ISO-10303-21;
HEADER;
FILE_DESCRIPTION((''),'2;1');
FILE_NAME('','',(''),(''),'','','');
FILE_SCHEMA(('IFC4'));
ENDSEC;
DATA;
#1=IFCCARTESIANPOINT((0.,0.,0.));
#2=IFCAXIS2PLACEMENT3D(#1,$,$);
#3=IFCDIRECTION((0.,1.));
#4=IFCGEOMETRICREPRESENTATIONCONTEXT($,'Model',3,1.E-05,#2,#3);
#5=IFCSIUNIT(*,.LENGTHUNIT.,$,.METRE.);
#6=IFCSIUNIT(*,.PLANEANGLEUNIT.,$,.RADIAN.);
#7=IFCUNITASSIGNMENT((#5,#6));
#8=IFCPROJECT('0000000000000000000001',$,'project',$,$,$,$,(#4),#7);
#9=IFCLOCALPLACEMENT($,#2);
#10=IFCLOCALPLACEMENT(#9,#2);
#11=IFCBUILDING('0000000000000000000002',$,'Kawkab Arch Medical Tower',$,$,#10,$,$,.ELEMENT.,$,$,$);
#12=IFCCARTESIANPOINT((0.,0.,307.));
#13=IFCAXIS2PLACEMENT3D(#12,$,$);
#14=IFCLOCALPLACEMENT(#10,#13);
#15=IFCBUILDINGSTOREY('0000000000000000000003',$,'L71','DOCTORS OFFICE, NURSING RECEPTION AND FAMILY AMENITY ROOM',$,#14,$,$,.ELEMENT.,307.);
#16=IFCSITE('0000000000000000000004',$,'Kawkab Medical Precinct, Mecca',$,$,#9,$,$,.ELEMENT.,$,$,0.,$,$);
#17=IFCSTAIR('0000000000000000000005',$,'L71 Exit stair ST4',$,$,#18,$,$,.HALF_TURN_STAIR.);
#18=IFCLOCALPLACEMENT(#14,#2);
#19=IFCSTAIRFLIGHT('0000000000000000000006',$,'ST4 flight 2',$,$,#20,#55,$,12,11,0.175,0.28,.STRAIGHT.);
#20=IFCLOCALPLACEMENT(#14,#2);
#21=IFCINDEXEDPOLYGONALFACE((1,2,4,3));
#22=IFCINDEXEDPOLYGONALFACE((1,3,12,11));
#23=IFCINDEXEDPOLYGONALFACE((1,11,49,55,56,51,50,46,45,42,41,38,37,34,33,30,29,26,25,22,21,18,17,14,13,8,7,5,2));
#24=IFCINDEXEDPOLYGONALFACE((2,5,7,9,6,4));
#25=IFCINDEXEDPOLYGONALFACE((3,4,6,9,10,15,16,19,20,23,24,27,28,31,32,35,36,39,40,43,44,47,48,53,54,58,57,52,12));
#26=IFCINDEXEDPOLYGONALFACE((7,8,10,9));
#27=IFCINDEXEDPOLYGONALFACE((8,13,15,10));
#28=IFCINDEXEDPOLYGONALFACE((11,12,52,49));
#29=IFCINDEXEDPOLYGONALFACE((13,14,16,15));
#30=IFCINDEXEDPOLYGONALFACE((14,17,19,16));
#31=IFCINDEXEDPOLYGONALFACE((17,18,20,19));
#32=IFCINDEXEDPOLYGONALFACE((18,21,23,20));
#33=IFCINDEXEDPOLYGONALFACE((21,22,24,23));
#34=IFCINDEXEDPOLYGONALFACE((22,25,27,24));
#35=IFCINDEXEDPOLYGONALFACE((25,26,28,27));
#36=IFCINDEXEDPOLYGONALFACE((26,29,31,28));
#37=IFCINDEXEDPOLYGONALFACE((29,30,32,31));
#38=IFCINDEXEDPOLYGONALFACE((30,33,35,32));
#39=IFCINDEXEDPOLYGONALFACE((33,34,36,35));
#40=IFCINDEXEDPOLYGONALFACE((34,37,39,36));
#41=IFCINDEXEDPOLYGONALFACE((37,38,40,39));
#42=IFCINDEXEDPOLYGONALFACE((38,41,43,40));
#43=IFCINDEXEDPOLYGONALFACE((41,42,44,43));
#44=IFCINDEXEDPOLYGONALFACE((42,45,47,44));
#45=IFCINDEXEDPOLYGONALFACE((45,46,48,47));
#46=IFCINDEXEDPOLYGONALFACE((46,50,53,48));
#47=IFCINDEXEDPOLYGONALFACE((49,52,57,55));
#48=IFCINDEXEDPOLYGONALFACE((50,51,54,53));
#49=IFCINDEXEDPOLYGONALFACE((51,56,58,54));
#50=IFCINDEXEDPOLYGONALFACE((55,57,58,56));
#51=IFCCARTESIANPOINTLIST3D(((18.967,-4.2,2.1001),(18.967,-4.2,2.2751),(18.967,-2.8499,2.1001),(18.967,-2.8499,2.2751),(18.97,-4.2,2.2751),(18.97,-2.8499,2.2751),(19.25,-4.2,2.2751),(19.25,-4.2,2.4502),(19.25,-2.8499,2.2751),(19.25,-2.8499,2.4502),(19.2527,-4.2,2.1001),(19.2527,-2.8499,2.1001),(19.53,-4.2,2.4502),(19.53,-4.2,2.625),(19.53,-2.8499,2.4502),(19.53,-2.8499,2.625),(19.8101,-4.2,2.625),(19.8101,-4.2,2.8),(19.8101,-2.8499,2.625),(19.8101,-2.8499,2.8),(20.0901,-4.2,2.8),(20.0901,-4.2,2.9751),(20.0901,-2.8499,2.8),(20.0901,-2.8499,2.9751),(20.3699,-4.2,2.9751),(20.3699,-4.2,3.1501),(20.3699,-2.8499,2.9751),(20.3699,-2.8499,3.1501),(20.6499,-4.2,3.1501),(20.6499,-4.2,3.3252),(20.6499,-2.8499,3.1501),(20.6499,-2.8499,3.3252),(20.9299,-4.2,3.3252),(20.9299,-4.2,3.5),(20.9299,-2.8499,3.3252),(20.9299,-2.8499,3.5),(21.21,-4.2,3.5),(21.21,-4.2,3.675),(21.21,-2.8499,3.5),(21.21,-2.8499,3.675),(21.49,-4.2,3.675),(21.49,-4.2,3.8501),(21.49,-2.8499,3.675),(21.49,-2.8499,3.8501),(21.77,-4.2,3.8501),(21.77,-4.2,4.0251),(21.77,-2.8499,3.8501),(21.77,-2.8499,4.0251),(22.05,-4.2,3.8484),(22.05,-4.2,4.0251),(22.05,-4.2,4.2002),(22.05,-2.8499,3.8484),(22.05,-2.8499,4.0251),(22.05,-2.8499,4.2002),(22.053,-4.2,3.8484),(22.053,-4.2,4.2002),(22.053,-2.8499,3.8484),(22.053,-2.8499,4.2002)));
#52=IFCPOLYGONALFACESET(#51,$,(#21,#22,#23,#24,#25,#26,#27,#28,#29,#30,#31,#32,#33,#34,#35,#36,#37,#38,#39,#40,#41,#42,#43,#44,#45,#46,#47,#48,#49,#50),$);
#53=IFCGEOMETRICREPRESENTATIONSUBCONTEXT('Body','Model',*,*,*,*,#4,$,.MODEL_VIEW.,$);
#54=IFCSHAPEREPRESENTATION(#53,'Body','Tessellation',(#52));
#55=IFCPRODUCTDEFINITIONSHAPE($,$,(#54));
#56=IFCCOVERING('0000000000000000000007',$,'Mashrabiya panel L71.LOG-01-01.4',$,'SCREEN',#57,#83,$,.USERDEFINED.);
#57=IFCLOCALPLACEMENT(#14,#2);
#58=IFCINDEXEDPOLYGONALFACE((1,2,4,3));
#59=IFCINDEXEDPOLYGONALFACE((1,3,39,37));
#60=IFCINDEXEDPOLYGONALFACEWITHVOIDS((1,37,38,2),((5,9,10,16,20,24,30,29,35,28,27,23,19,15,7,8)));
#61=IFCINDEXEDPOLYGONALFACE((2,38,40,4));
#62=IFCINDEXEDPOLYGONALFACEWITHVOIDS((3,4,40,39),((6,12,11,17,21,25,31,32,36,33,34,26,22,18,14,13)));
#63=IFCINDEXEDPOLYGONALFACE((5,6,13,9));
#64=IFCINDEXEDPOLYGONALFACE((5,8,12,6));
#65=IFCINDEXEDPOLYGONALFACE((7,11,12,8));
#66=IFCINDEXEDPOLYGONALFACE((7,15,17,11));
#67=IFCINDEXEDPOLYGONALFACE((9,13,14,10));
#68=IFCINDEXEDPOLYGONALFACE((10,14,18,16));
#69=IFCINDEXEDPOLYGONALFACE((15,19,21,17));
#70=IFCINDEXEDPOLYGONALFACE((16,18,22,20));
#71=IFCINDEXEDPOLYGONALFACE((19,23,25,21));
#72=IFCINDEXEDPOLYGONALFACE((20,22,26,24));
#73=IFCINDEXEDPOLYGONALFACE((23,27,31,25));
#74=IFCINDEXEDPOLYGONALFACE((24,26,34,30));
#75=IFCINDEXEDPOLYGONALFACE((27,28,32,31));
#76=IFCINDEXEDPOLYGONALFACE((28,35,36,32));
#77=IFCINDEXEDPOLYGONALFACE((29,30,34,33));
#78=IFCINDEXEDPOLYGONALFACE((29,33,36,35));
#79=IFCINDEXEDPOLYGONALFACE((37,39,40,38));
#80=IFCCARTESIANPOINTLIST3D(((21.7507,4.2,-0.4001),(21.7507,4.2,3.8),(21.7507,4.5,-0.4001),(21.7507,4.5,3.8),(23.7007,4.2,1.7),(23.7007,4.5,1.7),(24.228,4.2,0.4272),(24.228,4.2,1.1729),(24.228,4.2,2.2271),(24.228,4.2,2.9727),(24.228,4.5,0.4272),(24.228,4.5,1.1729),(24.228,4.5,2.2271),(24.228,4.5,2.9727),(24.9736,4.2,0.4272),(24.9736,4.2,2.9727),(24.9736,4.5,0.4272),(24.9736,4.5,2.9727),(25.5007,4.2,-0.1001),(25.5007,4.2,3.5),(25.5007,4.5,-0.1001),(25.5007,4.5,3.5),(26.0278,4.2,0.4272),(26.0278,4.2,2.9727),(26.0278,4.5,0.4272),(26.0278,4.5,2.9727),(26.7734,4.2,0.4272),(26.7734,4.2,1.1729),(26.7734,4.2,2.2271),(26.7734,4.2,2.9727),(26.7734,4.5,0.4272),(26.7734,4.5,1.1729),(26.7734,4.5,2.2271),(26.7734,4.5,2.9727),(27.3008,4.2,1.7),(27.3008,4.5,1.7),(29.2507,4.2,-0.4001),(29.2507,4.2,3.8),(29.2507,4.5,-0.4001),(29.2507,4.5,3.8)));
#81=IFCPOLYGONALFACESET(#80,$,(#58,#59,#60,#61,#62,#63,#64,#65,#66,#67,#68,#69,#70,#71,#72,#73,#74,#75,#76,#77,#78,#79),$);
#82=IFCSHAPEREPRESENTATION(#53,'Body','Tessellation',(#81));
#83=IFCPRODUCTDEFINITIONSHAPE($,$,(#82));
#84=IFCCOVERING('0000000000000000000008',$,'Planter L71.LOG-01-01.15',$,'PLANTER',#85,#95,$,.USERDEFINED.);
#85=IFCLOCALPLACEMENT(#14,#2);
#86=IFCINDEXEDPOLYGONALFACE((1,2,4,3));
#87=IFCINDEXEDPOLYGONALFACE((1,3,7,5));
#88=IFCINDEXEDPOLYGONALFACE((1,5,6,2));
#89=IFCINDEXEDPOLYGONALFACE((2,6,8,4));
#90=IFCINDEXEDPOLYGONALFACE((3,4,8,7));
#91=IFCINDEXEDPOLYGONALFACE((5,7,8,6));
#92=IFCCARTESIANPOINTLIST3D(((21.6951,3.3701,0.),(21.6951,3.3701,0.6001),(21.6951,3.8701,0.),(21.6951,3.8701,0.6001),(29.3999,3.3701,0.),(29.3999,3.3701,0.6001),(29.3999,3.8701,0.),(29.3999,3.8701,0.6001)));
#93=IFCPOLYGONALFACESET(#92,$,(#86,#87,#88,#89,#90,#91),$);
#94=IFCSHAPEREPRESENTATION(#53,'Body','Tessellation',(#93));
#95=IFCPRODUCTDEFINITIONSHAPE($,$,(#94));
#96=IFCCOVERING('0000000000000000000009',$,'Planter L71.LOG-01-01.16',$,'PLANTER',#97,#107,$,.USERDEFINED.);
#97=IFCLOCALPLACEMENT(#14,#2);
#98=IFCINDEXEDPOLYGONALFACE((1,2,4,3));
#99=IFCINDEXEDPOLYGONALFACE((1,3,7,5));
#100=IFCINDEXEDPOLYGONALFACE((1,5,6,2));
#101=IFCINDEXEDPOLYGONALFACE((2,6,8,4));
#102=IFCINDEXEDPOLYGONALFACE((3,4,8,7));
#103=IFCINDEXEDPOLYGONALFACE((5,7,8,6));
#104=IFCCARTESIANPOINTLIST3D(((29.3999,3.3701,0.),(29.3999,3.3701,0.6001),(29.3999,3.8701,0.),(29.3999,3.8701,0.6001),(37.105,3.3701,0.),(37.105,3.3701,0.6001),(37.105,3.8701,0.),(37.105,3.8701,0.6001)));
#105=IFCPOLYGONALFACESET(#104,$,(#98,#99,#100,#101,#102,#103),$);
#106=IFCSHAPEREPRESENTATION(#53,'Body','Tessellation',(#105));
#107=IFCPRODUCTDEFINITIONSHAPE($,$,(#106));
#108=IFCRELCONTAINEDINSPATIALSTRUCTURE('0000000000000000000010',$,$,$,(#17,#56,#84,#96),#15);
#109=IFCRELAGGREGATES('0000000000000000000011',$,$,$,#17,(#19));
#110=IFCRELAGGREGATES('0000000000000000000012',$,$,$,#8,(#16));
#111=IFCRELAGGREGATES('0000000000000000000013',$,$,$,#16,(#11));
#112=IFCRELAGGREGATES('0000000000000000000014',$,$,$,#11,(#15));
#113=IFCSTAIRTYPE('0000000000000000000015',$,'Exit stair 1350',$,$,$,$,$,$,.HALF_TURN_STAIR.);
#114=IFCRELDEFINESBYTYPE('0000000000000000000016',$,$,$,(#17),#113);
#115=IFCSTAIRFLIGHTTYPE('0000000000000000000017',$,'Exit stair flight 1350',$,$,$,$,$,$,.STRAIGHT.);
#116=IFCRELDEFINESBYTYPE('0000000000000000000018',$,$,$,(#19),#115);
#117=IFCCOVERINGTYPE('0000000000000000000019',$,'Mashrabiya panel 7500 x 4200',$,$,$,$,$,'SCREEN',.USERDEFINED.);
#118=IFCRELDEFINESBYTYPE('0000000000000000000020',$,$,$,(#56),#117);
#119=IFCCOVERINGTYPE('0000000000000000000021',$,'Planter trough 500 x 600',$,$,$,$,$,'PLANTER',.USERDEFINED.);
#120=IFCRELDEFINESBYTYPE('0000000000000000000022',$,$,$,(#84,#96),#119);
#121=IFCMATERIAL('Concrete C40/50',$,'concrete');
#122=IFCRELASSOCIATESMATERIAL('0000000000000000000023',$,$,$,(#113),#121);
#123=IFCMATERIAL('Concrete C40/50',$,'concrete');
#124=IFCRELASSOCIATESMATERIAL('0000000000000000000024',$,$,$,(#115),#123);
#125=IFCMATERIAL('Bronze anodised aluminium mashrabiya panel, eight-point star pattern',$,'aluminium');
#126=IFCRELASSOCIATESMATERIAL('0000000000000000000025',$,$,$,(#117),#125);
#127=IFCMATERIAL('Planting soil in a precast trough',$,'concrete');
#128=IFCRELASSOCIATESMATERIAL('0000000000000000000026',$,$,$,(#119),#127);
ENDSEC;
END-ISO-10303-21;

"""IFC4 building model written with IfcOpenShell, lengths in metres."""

from ifc_helpers import new_model, si_unit, direction, frame, origin, origin_2d, place, context, subcontext, project, spatial, polyline, rectangle, outline, extrude, material, material_profile, profile_set, type_object, element, aggregate, save


model = new_model("IFC4")

# Units and contexts
model_context = context("Model", 3, precision=1e-05, world=origin(), true_north=direction((0.0, 1.0)))
body_context = subcontext(model_context, "Body", "Model", "MODEL_VIEW")
ifc_project = project(units=[si_unit("LENGTHUNIT", "METRE"), si_unit("PLANEANGLEUNIT", "RADIAN")], contexts=[model_context])

# Site, building, storey
site_placement = place(None, origin())
site = spatial("IfcSite", under=ifc_project, at=site_placement, Name="Kawkab Medical Precinct, Mecca", CompositionType="ELEMENT", RefElevation=0.0)
building_placement = place(site_placement, origin())
building = spatial("IfcBuilding", under=site, at=building_placement, Name="Kawkab Arch Medical Tower", CompositionType="ELEMENT")
storey_placement = place(building_placement, frame((0.0, 0.0, 307.0)))
storey = spatial("IfcBuildingStorey", under=building, at=storey_placement, Name="L71", Description="DOCTORS OFFICE, NURSING RECEPTION AND FAMILY AMENITY ROOM", CompositionType="ELEMENT", Elevation=307.0)

# Shared definitions
placement = place(storey_placement, origin())

# Stair, stair flight
ifc_material_1 = material(Name="Concrete C40/50", Category="concrete")
stair_type = type_object("IfcStairType", Name="Exit stair 1350", PredefinedType="HALF_TURN_STAIR", material=ifc_material_1)
stair = element("IfcStair", 1, at=placement, inside=storey, type_object=stair_type, Name="L71 Exit stair ST4", PredefinedType="HALF_TURN_STAIR")
ifc_material_2 = material(Name="Concrete C40/50", Category="concrete")
stair_flight_type = type_object("IfcStairFlightType", Name="Exit stair flight 1350", PredefinedType="STRAIGHT", material=ifc_material_2)
stair_flight_1_placement = place(storey_placement, frame((18.97, -3.5249, 2.1001), z_axis=(0.0, 0.0, 1.0), x_axis=(1.0, 0.0, 0.0)))
stair_flight_1 = element("IfcStairFlight", 2, at=stair_flight_1_placement, type_object=stair_flight_type, Name="ST4 flight 2", NumberOfRisers=12, NumberOfTreads=11, PredefinedType="STRAIGHT", RiserHeight=0.175, TreadLength=0.28, context=body_context, shape_type="SweptSolid", body=[
    extrude(outline(polyline([(-0.0029, 0.0), (-0.0029, 0.175), (0.0, 0.175), (0.28, 0.175), (0.28, 0.3501), (0.5601, 0.3501), (0.5601, 0.5249), (0.8401, 0.5249), (0.8401, 0.7), (1.1201, 0.7), (1.1201, 0.875), (1.3999, 0.875), (1.3999, 1.05), (1.6799, 1.05), (1.6799, 1.2251), (1.96, 1.2251), (1.96, 1.3999), (2.24, 1.3999), (2.24, 1.575), (2.52, 1.575), (2.52, 1.75), (2.8, 1.75), (2.8, 1.925), (3.0801, 1.925), (3.0801, 2.1001), (3.083, 2.1001), (3.083, 1.7483), (3.0801, 1.7483), (0.2827, 0.0), (-0.0029, 0.0)])), frame((0.0, 0.675, 0.0), z_axis=(0.0, -1.0, 0.0), x_axis=(1.0, 0.0, 0.0)), (0.0, 0.0, 1.0), 1.3501),
])
aggregate(stair, [stair_flight_1])

# Coverings
ifc_material_3 = material(Name="Bronze anodised aluminium mashrabiya panel, eight-point star pattern", Category="aluminium")
ifc_material_profile_1 = material_profile(ifc_material_3, outline(polyline([(-3.75, -2.1001), (3.75, -2.1001), (3.75, 2.1001), (-3.75, 2.1001), (-3.75, -2.1001)]), holes=[polyline([(1.8, 0.0), (1.2727, 0.5271), (1.2727, 1.2727), (0.5271, 1.2727), (0.0, 1.8), (-0.5271, 1.2727), (-1.2727, 1.2727), (-1.2727, 0.5271), (-1.8, 0.0), (-1.2727, -0.5271), (-1.2727, -1.2727), (-0.5271, -1.2727), (0.0, -1.8), (0.5271, -1.2727), (1.2727, -1.2727), (1.2727, -0.5271), (1.8, 0.0)])]), Name="Mashrabiya panel 7500x4200")
ifc_profile_set_1 = profile_set([ifc_material_profile_1], Name="Bronze anodised aluminium mashrabiya panel, eight-point star pattern")
covering_type_1 = type_object("IfcCoveringType", Name="Mashrabiya panel 7500 x 4200", ElementType="SCREEN", PredefinedType="USERDEFINED", material=ifc_profile_set_1)
covering_1_placement = place(storey_placement, frame((25.5007, 4.2, 1.7), z_axis=(0.0, 1.0, 0.0), x_axis=(-1.0, 0.0, 0.0)))
element("IfcCovering", 3, at=covering_1_placement, inside=storey, type_object=covering_type_1, Name="Mashrabiya panel L71.LOG-01-01.4", ObjectType="SCREEN", PredefinedType="USERDEFINED", context=body_context, shape_type="SweptSolid", body=[
    extrude(outline(polyline([(-3.75, -2.1001), (3.75, -2.1001), (3.75, 2.1001), (-3.75, 2.1001), (-3.75, -2.1001)]), holes=[polyline([(1.8, 0.0), (1.2727, 0.5271), (1.2727, 1.2727), (0.5271, 1.2727), (0.0, 1.8), (-0.5271, 1.2727), (-1.2727, 1.2727), (-1.2727, 0.5271), (-1.8, 0.0), (-1.2727, -0.5271), (-1.2727, -1.2727), (-0.5271, -1.2727), (0.0, -1.8), (0.5271, -1.2727), (1.2727, -1.2727), (1.2727, -0.5271), (1.8, 0.0)])]), origin(), (0.0, 0.0, 1.0), 0.3),
])
ifc_material_4 = material(Name="Planting soil in a precast trough", Category="concrete")
ifc_material_profile_2 = material_profile(ifc_material_4, rectangle(XDim=0.5, YDim=0.6001, at=origin_2d()), Name="Trough 500x600")
ifc_profile_set_2 = profile_set([ifc_material_profile_2], Name="Planting soil in a precast trough")
covering_type_2 = type_object("IfcCoveringType", Name="Planter trough 500 x 600", ElementType="PLANTER", PredefinedType="USERDEFINED", material=ifc_profile_set_2)
covering_2_placement = place(storey_placement, frame((21.6951, 3.6201, 0.3), z_axis=(1.0, 0.0, 0.0), x_axis=(0.0, 1.0, 0.0)))
element("IfcCovering", 4, at=covering_2_placement, inside=storey, type_object=covering_type_2, Name="Planter L71.LOG-01-01.15", ObjectType="PLANTER", PredefinedType="USERDEFINED", context=body_context, shape_type="SweptSolid", body=[
    extrude(rectangle(XDim=0.5, YDim=0.6001, at=origin_2d()), origin(), (0.0, 0.0, 1.0), 7.7048),
])
covering_3_placement = place(storey_placement, frame((29.3999, 3.6201, 0.3), z_axis=(1.0, 0.0, 0.0), x_axis=(0.0, 1.0, 0.0)))
element("IfcCovering", 5, at=covering_3_placement, inside=storey, type_object=covering_type_2, Name="Planter L71.LOG-01-01.16", ObjectType="PLANTER", PredefinedType="USERDEFINED", context=body_context, shape_type="SweptSolid", body=[
    extrude(rectangle(XDim=0.5, YDim=0.6001, at=origin_2d()), origin(), (0.0, 0.0, 1.0), 7.7051),
])

save(model, "model.ifc")
